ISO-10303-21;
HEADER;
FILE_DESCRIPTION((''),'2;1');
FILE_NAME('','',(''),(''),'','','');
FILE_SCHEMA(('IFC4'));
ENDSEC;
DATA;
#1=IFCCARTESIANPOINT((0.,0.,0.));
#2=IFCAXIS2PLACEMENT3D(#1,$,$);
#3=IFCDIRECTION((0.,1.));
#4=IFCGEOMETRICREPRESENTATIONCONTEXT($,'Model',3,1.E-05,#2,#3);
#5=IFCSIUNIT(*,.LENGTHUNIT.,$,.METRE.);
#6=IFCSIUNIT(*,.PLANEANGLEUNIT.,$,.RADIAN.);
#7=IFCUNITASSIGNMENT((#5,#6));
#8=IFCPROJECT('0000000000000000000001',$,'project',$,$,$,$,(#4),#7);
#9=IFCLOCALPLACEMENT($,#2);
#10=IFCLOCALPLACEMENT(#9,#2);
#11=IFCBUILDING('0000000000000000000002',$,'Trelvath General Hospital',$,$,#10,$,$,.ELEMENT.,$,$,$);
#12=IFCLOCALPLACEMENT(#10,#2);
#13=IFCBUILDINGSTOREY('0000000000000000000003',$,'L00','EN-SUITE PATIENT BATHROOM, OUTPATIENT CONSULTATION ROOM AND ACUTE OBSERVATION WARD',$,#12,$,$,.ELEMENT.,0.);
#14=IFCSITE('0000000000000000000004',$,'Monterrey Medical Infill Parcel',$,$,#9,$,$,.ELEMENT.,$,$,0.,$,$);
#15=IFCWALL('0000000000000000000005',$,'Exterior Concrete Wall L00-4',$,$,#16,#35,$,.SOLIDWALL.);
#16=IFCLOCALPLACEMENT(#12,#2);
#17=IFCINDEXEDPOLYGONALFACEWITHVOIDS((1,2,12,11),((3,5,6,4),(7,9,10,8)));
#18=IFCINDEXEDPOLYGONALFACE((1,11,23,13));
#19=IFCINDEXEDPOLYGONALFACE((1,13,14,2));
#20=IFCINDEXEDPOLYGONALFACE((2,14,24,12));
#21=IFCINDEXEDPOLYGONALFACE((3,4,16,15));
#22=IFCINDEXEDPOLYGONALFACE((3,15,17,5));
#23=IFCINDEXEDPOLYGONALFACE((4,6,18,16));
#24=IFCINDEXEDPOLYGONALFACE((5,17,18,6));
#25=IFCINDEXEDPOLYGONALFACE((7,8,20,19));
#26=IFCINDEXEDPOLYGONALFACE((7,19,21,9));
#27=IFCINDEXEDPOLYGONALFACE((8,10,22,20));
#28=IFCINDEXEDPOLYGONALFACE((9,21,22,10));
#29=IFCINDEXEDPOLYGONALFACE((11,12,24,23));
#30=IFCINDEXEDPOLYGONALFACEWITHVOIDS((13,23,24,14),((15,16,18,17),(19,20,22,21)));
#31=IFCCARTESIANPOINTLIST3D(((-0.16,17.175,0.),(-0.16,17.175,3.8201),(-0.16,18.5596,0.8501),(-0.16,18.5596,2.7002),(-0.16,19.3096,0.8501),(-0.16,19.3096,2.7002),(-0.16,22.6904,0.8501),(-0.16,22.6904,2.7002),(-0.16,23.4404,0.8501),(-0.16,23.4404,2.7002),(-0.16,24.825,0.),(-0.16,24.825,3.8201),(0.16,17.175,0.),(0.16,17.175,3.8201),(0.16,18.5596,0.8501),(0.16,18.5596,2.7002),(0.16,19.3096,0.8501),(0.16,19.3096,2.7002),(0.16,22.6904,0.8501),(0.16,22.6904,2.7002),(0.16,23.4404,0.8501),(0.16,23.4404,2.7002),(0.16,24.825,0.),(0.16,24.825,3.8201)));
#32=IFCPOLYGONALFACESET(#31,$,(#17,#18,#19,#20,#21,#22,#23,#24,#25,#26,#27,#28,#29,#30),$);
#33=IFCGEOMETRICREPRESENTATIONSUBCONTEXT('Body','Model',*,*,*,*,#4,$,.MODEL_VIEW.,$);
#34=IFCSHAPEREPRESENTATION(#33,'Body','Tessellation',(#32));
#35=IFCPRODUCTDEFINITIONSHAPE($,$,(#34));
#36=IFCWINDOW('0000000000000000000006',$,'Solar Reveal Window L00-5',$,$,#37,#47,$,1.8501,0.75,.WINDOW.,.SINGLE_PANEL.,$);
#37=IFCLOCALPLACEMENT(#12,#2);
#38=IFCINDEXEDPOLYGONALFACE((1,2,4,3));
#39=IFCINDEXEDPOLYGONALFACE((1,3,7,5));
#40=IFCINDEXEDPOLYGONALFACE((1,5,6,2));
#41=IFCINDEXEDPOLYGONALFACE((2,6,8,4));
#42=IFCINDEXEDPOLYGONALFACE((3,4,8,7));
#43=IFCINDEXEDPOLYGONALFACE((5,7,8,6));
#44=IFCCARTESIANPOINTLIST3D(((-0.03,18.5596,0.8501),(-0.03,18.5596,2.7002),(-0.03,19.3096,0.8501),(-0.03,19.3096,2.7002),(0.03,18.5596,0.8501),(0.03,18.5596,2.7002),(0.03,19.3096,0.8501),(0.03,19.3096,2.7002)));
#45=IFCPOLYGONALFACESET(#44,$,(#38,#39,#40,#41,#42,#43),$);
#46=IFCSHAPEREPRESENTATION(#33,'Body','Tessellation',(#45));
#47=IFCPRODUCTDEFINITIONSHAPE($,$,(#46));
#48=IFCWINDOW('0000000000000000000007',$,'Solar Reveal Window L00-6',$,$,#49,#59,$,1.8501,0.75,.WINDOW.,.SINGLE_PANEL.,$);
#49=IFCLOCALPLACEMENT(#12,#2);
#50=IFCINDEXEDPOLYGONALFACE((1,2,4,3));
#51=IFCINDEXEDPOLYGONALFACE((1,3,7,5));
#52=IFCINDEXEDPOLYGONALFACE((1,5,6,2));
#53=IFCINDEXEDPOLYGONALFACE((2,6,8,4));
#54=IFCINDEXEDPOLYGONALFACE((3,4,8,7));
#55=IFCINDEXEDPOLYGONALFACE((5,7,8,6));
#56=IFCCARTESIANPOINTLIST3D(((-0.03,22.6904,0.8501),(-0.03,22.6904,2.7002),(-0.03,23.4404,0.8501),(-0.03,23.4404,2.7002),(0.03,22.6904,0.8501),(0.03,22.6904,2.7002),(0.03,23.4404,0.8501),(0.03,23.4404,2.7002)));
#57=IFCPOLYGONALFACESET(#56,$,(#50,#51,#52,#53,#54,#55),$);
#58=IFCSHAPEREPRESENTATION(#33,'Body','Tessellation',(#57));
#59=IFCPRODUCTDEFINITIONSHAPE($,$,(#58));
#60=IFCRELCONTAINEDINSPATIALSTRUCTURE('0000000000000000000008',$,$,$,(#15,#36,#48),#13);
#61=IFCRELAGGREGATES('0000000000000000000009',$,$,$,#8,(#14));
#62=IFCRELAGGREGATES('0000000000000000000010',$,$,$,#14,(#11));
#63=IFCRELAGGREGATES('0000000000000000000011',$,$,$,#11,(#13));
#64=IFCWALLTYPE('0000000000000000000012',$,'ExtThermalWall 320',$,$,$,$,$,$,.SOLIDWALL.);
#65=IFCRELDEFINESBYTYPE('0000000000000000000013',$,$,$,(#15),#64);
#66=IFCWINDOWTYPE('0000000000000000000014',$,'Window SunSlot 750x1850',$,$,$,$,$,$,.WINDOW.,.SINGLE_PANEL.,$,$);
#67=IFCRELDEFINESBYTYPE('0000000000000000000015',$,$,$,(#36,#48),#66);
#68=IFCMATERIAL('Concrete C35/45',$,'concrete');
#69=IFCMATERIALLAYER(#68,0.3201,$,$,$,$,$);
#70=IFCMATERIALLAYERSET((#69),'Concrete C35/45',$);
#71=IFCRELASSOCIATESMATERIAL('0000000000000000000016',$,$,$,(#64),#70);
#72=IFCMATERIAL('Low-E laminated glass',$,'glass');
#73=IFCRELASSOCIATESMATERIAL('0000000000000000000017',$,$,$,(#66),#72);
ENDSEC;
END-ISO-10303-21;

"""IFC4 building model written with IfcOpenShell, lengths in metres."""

from ifc_helpers import new_model, si_unit, direction, frame, frame_2d, origin, place, context, subcontext, project, spatial, rectangle, extrude, material, layer, layer_set, type_object, element, fill, save


model = new_model("IFC4")

# Units and contexts
model_context = context("Model", 3, precision=1e-05, world=origin(), true_north=direction((0.0, 1.0)))
body_context = subcontext(model_context, "Body", "Model", "MODEL_VIEW")
ifc_project = project(units=[si_unit("LENGTHUNIT", "METRE"), si_unit("PLANEANGLEUNIT", "RADIAN")], contexts=[model_context])

# Site, building, storey
site_placement = place(None, origin())
site = spatial("IfcSite", under=ifc_project, at=site_placement, Name="Monterrey Medical Infill Parcel", CompositionType="ELEMENT", RefElevation=0.0)
building_placement = place(site_placement, origin())
building = spatial("IfcBuilding", under=site, at=building_placement, Name="Trelvath General Hospital", CompositionType="ELEMENT")
storey_placement = place(building_placement, origin())
storey = spatial("IfcBuildingStorey", under=building, at=storey_placement, Name="L00", Description="EN-SUITE PATIENT BATHROOM, OUTPATIENT CONSULTATION ROOM AND ACUTE OBSERVATION WARD", CompositionType="ELEMENT", Elevation=0.0)

# Wall, openings, windows
ifc_material_1 = material(Name="Concrete C35/45", Category="concrete")
ifc_layer_1 = layer(ifc_material_1, 0.3201)
ifc_layer_set_1 = layer_set([ifc_layer_1], Name="Concrete C35/45")
wall_type_1 = type_object("IfcWallType", Name="ExtThermalWall 320", PredefinedType="SOLIDWALL", material=ifc_layer_set_1)
wall_1_placement = place(storey_placement, frame((0.0, 17.175, 0.0), z_axis=(0.0, 0.0, 1.0), x_axis=(0.0, 1.0, 0.0)))
wall_1 = element("IfcWall", 1, at=wall_1_placement, inside=storey, type_object=wall_type_1, Name="Exterior Concrete Wall L00-4", PredefinedType="SOLIDWALL", context=body_context, shape_type="SweptSolid", body=[
    extrude(rectangle(XDim=7.6499, YDim=0.3201, at=frame_2d((3.825, 0.0))), origin(), (0.0, 0.0, 1.0), 3.8201),
])
opening_1_placement = place(wall_1_placement, frame((1.3845, 0.0, 0.8501)))
opening_1 = element("IfcOpeningElement", 2, at=opening_1_placement, cuts=wall_1, PredefinedType="OPENING", context=body_context, shape_type="SweptSolid", body=[
    extrude(rectangle(XDim=0.75, YDim=1.8501, at=frame_2d((0.375, 0.925))), frame((0.0, 0.1699, 0.0), z_axis=(0.0, -1.0, 0.0), x_axis=(1.0, 0.0, 0.0)), (0.0, 0.0, 1.0), 0.3401),
])
opening_2_placement = place(wall_1_placement, frame((5.5154, 0.0, 0.8501)))
opening_2 = element("IfcOpeningElement", 3, at=opening_2_placement, cuts=wall_1, PredefinedType="OPENING", context=body_context, shape_type="SweptSolid", body=[
    extrude(rectangle(XDim=0.75, YDim=1.8501, at=frame_2d((0.375, 0.925))), frame((0.0, 0.1699, 0.0), z_axis=(0.0, -1.0, 0.0), x_axis=(1.0, 0.0, 0.0)), (0.0, 0.0, 1.0), 0.3401),
])
ifc_material_2 = material(Name="Low-E laminated glass", Category="glass")
window_type_1 = type_object("IfcWindowType", Name="Window SunSlot 750x1850", PartitioningType="SINGLE_PANEL", PredefinedType="WINDOW", material=ifc_material_2)
window_1_placement = place(opening_1_placement, origin())
window_1 = element("IfcWindow", 4, at=window_1_placement, inside=storey, type_object=window_type_1, Name="Solar Reveal Window L00-5", OverallHeight=1.8501, OverallWidth=0.75, PartitioningType="SINGLE_PANEL", PredefinedType="WINDOW", context=body_context, shape_type="SweptSolid", body=[
    extrude(rectangle(XDim=0.75, YDim=1.8501, at=frame_2d((0.375, 0.925))), frame((0.0, 0.03, 0.0), z_axis=(0.0, -1.0, 0.0), x_axis=(1.0, 0.0, 0.0)), (0.0, 0.0, 1.0), 0.0601),
])
fill(opening_1, window_1)
window_2_placement = place(opening_2_placement, origin())
window_2 = element("IfcWindow", 5, at=window_2_placement, inside=storey, type_object=window_type_1, Name="Solar Reveal Window L00-6", OverallHeight=1.8501, OverallWidth=0.75, PartitioningType="SINGLE_PANEL", PredefinedType="WINDOW", context=body_context, shape_type="SweptSolid", body=[
    extrude(rectangle(XDim=0.75, YDim=1.8501, at=frame_2d((0.375, 0.925))), frame((0.0, 0.03, 0.0), z_axis=(0.0, -1.0, 0.0), x_axis=(1.0, 0.0, 0.0)), (0.0, 0.0, 1.0), 0.0601),
])
fill(opening_2, window_2)

save(model, "model.ifc")
